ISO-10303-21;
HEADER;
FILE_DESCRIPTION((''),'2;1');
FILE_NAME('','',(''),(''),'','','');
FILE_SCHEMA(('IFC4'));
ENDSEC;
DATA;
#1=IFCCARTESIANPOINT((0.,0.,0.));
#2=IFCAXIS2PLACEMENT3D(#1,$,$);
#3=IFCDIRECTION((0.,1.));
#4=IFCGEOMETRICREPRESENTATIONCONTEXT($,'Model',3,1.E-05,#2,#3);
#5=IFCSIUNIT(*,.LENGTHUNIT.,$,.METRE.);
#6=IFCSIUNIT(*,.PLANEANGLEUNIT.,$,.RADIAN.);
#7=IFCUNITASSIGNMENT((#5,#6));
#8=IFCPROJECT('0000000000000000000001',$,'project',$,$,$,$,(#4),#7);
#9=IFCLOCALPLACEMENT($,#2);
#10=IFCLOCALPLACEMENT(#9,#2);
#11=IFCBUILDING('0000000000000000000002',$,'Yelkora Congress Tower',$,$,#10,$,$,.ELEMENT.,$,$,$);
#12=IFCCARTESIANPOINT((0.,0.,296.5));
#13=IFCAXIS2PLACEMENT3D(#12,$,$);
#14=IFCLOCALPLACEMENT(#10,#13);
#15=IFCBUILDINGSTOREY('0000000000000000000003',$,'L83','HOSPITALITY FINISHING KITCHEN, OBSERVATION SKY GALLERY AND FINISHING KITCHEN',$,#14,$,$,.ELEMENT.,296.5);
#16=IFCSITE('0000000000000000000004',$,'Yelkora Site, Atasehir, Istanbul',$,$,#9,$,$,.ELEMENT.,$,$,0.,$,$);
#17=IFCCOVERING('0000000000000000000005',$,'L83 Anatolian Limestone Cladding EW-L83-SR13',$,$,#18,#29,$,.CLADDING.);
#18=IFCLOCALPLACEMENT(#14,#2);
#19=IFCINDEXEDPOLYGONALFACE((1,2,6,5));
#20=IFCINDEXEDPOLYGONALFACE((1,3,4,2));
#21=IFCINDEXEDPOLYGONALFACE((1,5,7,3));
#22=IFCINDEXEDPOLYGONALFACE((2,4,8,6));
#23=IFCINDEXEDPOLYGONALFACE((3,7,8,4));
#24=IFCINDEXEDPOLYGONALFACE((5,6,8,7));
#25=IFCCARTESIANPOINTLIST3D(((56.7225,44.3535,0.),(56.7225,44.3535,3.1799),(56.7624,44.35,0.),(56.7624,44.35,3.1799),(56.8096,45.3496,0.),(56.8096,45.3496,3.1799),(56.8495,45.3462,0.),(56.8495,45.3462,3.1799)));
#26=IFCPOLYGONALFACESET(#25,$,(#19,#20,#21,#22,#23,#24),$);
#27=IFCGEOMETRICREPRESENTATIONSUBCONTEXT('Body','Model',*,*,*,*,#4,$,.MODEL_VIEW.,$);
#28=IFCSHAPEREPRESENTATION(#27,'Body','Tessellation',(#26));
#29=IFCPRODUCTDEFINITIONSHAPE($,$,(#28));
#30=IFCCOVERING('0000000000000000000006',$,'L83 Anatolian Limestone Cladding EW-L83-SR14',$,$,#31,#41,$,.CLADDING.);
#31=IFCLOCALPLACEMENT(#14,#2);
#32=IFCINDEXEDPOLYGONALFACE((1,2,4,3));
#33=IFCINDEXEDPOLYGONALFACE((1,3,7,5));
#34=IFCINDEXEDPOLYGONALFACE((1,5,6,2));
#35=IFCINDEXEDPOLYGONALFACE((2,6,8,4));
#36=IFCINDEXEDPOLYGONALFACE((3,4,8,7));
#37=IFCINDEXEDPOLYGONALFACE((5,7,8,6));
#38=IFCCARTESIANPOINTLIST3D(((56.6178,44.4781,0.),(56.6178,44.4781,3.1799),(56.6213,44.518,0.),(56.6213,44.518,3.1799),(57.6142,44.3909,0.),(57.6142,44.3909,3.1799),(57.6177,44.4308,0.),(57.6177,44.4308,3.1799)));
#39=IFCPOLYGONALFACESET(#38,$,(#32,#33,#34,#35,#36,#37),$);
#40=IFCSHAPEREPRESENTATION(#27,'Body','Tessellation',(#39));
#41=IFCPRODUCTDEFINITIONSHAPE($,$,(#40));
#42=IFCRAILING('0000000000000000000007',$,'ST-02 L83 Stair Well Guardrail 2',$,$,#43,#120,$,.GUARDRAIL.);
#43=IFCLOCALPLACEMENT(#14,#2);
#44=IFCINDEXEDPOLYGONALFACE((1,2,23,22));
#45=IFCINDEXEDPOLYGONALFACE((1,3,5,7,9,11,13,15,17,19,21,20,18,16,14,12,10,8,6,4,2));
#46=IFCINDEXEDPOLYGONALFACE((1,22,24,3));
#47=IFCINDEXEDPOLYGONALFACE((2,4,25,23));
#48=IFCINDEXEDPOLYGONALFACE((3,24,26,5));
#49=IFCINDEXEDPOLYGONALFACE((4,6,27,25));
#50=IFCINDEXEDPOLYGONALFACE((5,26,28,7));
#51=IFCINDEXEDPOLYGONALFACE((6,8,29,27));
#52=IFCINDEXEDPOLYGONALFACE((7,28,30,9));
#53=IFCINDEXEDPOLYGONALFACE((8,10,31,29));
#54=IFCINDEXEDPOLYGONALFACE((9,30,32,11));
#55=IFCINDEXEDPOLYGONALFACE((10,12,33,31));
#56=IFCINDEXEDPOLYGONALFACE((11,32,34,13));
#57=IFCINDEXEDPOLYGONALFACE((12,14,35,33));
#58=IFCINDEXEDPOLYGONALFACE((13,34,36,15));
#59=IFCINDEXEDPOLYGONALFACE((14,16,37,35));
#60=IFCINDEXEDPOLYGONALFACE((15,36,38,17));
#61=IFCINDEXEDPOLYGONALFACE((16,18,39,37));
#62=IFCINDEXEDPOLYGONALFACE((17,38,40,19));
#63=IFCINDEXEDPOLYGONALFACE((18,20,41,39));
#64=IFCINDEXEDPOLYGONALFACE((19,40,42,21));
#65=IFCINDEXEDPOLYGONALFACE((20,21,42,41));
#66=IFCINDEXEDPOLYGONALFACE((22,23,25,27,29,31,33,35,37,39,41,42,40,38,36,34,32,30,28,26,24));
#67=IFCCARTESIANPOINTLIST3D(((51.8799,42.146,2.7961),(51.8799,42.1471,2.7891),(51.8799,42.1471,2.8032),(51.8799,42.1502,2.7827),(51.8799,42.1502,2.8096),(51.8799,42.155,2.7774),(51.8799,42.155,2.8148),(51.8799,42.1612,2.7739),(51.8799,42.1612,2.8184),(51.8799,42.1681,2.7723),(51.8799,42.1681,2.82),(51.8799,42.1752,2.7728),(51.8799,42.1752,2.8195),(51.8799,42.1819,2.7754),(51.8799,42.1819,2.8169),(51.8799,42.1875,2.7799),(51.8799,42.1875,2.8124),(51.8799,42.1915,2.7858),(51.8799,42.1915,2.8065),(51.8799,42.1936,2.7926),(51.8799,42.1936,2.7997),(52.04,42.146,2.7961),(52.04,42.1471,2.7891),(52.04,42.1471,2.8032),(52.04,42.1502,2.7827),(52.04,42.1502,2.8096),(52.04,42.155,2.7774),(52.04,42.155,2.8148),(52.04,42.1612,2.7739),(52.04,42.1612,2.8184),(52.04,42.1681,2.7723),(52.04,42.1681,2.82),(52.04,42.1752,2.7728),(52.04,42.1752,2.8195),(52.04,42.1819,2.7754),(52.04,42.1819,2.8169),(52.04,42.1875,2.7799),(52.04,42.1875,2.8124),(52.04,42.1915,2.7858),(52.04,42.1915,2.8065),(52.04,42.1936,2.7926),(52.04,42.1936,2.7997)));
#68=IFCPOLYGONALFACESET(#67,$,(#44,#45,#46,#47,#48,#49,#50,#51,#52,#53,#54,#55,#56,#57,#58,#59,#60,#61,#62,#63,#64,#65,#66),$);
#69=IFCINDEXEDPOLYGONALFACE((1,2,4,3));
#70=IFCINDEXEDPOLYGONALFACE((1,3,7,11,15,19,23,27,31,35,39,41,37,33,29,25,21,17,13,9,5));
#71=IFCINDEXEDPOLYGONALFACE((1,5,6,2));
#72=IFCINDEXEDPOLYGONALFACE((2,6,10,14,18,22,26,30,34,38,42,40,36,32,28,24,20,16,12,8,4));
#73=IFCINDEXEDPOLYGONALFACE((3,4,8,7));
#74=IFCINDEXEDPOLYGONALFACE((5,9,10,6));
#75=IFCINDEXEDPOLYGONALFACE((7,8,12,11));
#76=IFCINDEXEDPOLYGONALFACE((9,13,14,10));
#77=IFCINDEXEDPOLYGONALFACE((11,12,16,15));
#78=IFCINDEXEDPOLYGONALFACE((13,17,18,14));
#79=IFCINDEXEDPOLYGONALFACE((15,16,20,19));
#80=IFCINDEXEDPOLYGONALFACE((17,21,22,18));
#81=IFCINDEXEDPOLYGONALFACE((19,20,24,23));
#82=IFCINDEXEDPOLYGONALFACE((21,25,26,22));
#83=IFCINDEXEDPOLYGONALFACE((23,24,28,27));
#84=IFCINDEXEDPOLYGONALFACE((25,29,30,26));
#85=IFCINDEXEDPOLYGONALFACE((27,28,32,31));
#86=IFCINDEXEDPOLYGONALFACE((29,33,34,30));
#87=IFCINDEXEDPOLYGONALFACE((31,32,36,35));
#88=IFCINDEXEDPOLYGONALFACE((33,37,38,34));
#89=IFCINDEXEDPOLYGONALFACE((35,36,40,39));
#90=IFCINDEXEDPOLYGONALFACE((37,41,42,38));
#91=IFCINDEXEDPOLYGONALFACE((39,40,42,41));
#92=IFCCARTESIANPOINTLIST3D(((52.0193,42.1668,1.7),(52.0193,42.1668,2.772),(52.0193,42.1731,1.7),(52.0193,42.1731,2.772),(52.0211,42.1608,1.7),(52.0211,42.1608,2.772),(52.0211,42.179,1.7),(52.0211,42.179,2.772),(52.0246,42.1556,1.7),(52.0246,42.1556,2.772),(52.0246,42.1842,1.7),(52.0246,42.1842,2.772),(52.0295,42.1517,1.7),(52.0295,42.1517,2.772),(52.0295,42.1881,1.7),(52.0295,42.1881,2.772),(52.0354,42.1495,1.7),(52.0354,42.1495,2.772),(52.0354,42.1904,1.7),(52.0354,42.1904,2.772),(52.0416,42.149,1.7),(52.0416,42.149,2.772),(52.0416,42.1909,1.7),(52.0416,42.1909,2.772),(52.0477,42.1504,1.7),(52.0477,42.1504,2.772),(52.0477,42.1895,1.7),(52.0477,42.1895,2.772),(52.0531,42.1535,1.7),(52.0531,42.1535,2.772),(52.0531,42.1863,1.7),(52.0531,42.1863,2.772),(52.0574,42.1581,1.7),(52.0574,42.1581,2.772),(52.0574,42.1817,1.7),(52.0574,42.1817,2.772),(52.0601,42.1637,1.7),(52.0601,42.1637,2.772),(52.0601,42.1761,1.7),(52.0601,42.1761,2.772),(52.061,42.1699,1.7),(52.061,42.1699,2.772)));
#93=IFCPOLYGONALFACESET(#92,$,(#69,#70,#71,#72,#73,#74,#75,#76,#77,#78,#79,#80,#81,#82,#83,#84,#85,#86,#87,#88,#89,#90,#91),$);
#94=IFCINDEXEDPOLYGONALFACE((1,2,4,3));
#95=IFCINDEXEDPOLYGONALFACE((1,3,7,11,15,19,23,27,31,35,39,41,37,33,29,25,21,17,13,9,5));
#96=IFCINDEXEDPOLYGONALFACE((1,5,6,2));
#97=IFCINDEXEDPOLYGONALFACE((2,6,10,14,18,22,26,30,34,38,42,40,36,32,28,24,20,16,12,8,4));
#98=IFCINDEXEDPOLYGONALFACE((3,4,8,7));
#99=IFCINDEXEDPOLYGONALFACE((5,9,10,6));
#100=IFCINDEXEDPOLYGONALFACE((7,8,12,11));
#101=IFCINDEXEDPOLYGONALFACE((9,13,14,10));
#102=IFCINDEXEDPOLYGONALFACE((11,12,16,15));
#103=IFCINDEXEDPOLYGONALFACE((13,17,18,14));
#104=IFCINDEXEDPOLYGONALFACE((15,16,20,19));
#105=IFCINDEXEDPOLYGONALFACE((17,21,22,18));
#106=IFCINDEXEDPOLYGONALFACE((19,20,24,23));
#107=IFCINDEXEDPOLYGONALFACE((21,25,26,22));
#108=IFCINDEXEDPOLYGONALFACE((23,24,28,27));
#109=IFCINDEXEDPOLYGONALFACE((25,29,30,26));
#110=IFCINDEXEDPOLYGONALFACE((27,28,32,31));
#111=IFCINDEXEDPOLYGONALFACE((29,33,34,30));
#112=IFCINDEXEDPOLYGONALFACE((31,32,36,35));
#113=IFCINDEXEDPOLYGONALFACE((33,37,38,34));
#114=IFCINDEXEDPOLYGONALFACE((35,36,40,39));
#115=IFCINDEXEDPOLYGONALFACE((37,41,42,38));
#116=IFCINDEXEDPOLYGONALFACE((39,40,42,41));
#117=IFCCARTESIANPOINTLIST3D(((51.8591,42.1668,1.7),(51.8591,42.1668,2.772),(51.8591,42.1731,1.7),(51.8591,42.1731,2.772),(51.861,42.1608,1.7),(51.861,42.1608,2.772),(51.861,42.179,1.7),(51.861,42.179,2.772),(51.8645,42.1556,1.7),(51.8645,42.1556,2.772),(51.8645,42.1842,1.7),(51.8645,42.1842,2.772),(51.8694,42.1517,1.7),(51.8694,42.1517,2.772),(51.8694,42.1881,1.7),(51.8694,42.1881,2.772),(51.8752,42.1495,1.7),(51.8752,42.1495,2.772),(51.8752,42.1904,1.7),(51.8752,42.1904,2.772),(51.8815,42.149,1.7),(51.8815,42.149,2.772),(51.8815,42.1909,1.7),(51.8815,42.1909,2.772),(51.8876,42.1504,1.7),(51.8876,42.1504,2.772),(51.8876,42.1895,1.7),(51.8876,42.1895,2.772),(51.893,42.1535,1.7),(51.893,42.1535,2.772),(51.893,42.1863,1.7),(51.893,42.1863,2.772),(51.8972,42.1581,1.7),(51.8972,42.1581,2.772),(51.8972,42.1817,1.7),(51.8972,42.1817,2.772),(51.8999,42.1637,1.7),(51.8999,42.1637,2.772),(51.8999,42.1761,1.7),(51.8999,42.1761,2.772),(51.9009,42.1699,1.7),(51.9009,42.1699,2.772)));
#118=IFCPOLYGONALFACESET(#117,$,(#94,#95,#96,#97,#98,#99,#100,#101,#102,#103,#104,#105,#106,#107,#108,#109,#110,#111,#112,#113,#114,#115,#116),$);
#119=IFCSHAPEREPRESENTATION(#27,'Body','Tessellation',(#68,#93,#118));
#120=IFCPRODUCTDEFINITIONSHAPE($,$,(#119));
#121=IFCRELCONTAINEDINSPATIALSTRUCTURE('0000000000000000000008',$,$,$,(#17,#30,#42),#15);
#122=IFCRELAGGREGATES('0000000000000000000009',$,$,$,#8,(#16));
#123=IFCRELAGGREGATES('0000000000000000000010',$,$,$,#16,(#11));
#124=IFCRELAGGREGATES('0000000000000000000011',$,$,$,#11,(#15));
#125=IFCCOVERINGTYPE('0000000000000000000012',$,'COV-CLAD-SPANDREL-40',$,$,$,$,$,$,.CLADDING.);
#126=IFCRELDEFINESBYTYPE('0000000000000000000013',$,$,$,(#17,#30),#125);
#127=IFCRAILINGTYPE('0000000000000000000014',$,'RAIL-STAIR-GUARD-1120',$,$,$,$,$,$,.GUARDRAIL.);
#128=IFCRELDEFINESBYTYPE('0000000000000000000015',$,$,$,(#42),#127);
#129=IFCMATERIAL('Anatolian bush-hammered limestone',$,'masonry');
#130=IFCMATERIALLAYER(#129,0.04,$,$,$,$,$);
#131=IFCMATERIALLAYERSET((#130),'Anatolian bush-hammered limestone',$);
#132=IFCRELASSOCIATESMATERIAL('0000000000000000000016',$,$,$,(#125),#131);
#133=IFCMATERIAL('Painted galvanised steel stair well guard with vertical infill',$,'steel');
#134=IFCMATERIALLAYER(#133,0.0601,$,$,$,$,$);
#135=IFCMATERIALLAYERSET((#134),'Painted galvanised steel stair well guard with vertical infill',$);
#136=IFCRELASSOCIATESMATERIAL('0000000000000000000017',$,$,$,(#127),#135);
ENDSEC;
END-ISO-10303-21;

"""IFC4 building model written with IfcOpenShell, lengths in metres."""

from ifc_helpers import new_model, si_unit, direction, frame, frame_2d, origin, origin_2d, place, context, subcontext, project, spatial, rectangle, circle, extrude, material, layer, layer_set, type_object, element, save


model = new_model("IFC4")

# Units and contexts
model_context = context("Model", 3, precision=1e-05, world=origin(), true_north=direction((0.0, 1.0)))
body_context = subcontext(model_context, "Body", "Model", "MODEL_VIEW")
ifc_project = project(units=[si_unit("LENGTHUNIT", "METRE"), si_unit("PLANEANGLEUNIT", "RADIAN")], contexts=[model_context])

# Site, building, storey
site_placement = place(None, origin())
site = spatial("IfcSite", under=ifc_project, at=site_placement, Name="Yelkora Site, Atasehir, Istanbul", CompositionType="ELEMENT", RefElevation=0.0)
building_placement = place(site_placement, origin())
building = spatial("IfcBuilding", under=site, at=building_placement, Name="Yelkora Congress Tower", CompositionType="ELEMENT")
storey_placement = place(building_placement, frame((0.0, 0.0, 296.5)))
storey = spatial("IfcBuildingStorey", under=building, at=storey_placement, Name="L83", Description="HOSPITALITY FINISHING KITCHEN, OBSERVATION SKY GALLERY AND FINISHING KITCHEN", CompositionType="ELEMENT", Elevation=296.5)

# Coverings
ifc_material_1 = material(Name="Anatolian bush-hammered limestone", Category="masonry")
ifc_layer_1 = layer(ifc_material_1, 0.04)
ifc_layer_set_1 = layer_set([ifc_layer_1], Name="Anatolian bush-hammered limestone")
covering_type = type_object("IfcCoveringType", Name="COV-CLAD-SPANDREL-40", PredefinedType="CLADDING", material=ifc_layer_set_1)
for number, where, z_axis, x_axis, name in (
    (1, (56.8296, 45.3479, 0.0), (0.0, 0.0, 1.0), (-0.087167, -0.996194, 0.0), "L83 Anatolian Limestone Cladding EW-L83-SR13"),
):
    element("IfcCovering", number, at=place(storey_placement, frame(where, z_axis=z_axis, x_axis=x_axis)), inside=storey, type_object=covering_type, Name=name, PredefinedType="CLADDING", context=body_context, shape_type="SweptSolid", body=[
        extrude(rectangle(XDim=1.0, YDim=0.04, at=frame_2d((0.5, 0.0))), origin(), (0.0, 0.0, 1.0), 3.1799),
    ])
covering_placement = place(storey_placement, frame((56.6196, 44.498, 0.0), z_axis=(0.0, 0.0, 1.0), x_axis=(0.996196, -0.087146, 0.0)))
element("IfcCovering", 2, at=covering_placement, inside=storey, type_object=covering_type, Name="L83 Anatolian Limestone Cladding EW-L83-SR14", PredefinedType="CLADDING", context=body_context, shape_type="SweptSolid", body=[
    extrude(rectangle(XDim=1.0002, YDim=0.04, at=frame_2d((0.5, 0.0))), origin(), (0.0, 0.0, 1.0), 3.1799),
])

# Railing
ifc_material_2 = material(Name="Painted galvanised steel stair well guard with vertical infill", Category="steel")
ifc_layer_2 = layer(ifc_material_2, 0.0601)
ifc_layer_set_2 = layer_set([ifc_layer_2], Name="Painted galvanised steel stair well guard with vertical infill")
railing_type = type_object("IfcRailingType", Name="RAIL-STAIR-GUARD-1120", PredefinedType="GUARDRAIL", material=ifc_layer_set_2)
railing_1_placement = place(storey_placement, frame((52.04, 42.1699, 1.7)))
element("IfcRailing", 3, at=railing_1_placement, inside=storey, type_object=railing_type, Name="ST-02 L83 Stair Well Guardrail 2", PredefinedType="GUARDRAIL", context=body_context, shape_type="SweptSolid", body=[
    extrude(circle(Radius=0.0239, at=origin_2d()), frame((0.0, 0.0, 1.0962), z_axis=(-1.0, 0.0, 0.0), x_axis=(0.0, -1.0, 0.0)), (0.0, 0.0, 1.0), 0.1602),
    extrude(circle(Radius=0.021, at=origin_2d()), origin(), (0.0, 0.0, 1.0), 1.072),
    extrude(circle(Radius=0.021, at=origin_2d()), frame((-0.1602, 0.0, 0.0)), (0.0, 0.0, 1.0), 1.072),
])

save(model, "model.ifc")
